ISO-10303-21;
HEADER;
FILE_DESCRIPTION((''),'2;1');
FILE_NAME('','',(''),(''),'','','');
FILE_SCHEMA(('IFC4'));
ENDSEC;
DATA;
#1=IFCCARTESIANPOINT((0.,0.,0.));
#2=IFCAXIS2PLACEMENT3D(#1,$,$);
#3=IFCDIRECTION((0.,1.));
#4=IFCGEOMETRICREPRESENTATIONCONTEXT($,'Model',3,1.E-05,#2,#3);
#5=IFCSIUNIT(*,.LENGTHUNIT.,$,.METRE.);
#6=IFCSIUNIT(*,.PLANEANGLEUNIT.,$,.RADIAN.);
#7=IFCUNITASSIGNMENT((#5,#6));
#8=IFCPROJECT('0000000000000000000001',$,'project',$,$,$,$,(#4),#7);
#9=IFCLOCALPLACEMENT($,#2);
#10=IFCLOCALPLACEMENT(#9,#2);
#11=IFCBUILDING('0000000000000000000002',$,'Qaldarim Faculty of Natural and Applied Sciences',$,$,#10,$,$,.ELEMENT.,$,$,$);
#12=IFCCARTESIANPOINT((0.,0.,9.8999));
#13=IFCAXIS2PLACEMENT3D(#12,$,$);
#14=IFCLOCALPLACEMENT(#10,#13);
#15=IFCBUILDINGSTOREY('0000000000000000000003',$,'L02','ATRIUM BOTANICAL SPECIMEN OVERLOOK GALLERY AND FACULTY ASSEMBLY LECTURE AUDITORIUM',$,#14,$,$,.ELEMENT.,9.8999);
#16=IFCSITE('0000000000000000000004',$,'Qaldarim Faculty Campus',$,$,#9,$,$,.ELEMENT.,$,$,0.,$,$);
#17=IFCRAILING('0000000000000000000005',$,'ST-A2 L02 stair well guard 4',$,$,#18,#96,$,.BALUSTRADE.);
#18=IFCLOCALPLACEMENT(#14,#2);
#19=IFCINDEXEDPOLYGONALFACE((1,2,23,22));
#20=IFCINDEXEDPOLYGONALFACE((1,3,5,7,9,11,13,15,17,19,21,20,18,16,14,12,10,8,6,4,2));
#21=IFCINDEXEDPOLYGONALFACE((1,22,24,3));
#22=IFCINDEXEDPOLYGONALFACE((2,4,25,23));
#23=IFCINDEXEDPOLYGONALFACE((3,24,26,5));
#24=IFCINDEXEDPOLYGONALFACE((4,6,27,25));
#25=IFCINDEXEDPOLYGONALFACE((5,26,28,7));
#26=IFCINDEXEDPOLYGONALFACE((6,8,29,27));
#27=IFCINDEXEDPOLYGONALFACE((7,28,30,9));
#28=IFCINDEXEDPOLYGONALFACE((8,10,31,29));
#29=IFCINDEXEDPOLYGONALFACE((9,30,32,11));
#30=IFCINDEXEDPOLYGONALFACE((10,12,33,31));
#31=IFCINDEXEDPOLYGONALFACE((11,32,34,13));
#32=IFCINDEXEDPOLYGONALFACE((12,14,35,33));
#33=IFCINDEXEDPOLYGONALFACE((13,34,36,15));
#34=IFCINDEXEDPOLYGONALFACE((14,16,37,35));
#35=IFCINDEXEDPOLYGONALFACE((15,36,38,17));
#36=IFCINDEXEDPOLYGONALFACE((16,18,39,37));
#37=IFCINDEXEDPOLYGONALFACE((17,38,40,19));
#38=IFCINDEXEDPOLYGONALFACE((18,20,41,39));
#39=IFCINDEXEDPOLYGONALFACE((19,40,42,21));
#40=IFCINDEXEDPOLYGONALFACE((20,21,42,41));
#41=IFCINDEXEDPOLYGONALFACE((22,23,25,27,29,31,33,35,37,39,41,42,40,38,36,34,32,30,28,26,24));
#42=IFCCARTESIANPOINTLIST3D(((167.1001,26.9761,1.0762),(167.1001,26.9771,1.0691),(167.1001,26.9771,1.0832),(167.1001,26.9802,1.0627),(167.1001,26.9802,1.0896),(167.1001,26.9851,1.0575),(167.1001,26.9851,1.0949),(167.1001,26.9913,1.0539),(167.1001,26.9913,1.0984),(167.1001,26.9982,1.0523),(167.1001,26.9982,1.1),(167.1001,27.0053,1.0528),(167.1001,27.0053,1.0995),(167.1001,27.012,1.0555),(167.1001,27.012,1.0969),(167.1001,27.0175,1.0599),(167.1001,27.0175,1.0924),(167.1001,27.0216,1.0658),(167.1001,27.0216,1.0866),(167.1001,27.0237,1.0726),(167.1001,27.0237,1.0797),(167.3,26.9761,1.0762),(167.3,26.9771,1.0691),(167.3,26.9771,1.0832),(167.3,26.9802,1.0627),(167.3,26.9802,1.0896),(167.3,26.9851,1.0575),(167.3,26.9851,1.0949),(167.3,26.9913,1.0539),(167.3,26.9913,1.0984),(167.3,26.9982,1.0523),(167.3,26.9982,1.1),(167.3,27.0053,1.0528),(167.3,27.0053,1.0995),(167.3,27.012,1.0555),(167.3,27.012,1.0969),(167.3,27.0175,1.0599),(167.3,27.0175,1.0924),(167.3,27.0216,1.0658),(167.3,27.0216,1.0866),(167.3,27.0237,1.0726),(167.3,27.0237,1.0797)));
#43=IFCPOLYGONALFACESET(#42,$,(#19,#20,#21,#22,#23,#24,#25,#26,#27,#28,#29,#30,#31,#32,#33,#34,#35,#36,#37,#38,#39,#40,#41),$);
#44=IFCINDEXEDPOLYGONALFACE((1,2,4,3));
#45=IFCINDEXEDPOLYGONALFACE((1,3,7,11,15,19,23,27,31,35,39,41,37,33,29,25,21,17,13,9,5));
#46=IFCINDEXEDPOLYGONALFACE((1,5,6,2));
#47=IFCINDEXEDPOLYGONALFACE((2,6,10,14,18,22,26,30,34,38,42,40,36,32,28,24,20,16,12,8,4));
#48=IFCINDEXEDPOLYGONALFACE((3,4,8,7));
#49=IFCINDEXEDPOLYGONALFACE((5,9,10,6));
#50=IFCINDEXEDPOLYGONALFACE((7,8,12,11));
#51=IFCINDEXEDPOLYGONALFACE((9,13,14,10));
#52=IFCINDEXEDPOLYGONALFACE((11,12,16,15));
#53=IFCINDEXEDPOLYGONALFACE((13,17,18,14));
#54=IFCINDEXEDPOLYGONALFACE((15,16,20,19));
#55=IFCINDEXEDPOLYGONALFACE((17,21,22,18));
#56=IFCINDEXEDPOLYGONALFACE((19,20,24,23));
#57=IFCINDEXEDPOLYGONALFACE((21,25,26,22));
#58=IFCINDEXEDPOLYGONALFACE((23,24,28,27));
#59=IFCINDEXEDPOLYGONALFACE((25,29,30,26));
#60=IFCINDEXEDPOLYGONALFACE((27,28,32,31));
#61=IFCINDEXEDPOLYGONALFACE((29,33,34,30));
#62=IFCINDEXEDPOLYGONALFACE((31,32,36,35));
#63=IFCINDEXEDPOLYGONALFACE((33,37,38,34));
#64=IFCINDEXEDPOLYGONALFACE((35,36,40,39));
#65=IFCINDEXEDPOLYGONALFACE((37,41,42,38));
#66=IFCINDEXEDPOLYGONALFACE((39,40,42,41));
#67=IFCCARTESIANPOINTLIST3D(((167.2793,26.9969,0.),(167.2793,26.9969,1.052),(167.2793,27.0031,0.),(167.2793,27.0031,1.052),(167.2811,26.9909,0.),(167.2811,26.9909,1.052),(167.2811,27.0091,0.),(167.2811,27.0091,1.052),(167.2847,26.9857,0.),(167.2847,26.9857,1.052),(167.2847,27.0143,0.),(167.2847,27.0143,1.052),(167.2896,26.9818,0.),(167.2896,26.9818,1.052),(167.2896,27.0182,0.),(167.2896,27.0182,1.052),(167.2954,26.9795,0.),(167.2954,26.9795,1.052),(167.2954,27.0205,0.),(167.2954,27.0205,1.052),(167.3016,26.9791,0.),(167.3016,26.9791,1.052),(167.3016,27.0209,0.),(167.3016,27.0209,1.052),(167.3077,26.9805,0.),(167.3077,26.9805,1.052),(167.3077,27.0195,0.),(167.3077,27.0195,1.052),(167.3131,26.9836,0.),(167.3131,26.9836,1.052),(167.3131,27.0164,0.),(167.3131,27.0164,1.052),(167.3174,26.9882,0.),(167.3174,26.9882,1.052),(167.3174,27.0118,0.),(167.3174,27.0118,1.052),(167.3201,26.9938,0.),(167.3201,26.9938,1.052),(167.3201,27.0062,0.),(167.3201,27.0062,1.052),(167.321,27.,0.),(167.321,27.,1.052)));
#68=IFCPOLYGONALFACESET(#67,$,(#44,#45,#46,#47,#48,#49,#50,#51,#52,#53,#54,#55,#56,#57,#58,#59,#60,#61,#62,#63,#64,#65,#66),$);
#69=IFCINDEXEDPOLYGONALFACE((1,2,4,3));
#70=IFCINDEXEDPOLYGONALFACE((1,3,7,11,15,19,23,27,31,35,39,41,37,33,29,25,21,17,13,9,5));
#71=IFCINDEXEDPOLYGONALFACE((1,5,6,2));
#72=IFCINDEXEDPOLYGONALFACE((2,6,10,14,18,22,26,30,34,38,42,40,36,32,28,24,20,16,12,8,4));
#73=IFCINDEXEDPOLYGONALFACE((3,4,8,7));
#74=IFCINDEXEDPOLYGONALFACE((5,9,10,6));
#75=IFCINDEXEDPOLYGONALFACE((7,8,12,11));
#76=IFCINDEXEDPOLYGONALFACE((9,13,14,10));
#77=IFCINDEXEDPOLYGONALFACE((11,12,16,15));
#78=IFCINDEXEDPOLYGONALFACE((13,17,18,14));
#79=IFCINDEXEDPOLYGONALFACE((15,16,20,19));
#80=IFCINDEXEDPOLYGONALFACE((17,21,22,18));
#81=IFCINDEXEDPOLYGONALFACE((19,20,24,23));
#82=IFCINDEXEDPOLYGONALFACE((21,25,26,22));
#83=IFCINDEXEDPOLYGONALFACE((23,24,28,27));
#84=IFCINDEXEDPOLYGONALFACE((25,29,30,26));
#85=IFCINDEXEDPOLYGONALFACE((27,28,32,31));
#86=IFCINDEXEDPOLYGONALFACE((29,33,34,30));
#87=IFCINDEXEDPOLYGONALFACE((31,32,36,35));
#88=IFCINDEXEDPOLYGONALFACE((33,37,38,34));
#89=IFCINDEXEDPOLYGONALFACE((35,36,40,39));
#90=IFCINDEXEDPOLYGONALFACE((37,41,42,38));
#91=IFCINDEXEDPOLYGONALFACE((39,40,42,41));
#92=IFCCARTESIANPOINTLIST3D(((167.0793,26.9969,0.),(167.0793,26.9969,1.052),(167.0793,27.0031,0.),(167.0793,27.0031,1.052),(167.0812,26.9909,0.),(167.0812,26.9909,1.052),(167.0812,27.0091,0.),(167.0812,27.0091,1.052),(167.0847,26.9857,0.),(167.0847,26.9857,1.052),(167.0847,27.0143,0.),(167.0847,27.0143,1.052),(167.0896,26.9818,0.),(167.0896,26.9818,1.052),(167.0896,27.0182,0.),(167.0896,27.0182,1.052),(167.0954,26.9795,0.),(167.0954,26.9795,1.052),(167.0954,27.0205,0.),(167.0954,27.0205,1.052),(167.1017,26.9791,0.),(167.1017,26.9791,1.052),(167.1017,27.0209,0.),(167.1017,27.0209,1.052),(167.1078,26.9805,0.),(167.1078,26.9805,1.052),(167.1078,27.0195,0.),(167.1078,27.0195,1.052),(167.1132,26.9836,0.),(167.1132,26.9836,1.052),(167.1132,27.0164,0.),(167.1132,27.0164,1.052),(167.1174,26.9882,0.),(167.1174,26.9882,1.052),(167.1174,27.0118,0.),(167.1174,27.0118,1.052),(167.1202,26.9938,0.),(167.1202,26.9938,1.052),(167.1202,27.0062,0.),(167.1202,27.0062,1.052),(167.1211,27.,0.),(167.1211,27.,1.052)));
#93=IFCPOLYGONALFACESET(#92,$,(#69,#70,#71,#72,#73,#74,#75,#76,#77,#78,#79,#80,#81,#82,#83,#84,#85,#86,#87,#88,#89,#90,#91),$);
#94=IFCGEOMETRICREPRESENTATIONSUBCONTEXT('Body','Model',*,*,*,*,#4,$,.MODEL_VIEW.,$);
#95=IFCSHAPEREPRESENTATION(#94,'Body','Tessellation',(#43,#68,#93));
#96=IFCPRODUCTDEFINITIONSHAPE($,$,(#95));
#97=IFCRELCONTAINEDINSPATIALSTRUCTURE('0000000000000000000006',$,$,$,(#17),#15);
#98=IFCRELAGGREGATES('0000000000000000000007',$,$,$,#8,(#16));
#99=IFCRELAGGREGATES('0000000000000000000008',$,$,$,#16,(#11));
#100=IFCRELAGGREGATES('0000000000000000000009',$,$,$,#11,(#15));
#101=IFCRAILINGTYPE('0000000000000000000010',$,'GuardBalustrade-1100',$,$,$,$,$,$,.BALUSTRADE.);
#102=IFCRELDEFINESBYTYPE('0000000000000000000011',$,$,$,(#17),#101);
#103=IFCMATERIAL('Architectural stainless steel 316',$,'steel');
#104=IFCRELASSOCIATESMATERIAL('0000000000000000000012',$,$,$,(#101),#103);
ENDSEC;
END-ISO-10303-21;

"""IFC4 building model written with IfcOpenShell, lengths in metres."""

from ifc_helpers import new_model, si_unit, direction, frame, origin, origin_2d, place, context, subcontext, project, spatial, circle, extrude, material, type_object, element, save


model = new_model("IFC4")

# Units and contexts
model_context = context("Model", 3, precision=1e-05, world=origin(), true_north=direction((0.0, 1.0)))
body_context = subcontext(model_context, "Body", "Model", "MODEL_VIEW")
ifc_project = project(units=[si_unit("LENGTHUNIT", "METRE"), si_unit("PLANEANGLEUNIT", "RADIAN")], contexts=[model_context])

# Site, building, storey
site_placement = place(None, origin())
site = spatial("IfcSite", under=ifc_project, at=site_placement, Name="Qaldarim Faculty Campus", CompositionType="ELEMENT", RefElevation=0.0)
building_placement = place(site_placement, origin())
building = spatial("IfcBuilding", under=site, at=building_placement, Name="Qaldarim Faculty of Natural and Applied Sciences", CompositionType="ELEMENT")
storey_placement = place(building_placement, frame((0.0, 0.0, 9.8999)))
storey = spatial("IfcBuildingStorey", under=building, at=storey_placement, Name="L02", Description="ATRIUM BOTANICAL SPECIMEN OVERLOOK GALLERY AND FACULTY ASSEMBLY LECTURE AUDITORIUM", CompositionType="ELEMENT", Elevation=9.8999)

# Railing
ifc_material_1 = material(Name="Architectural stainless steel 316", Category="steel")
railing_type_1 = type_object("IfcRailingType", Name="GuardBalustrade-1100", PredefinedType="BALUSTRADE", material=ifc_material_1)
railing_1_placement = place(storey_placement, frame((167.3, 27.0, 0.0)))
element("IfcRailing", 1, at=railing_1_placement, inside=storey, type_object=railing_type_1, Name="ST-A2 L02 stair well guard 4", PredefinedType="BALUSTRADE", context=body_context, shape_type="SweptSolid", body=[
    extrude(circle(Radius=0.0239, at=origin_2d()), frame((0.0, 0.0, 1.0762), z_axis=(-1.0, 0.0, 0.0), x_axis=(0.0, -1.0, 0.0)), (0.0, 0.0, 1.0), 0.2),
    extrude(circle(Radius=0.021, at=origin_2d()), origin(), (0.0, 0.0, 1.0), 1.052),
    extrude(circle(Radius=0.021, at=origin_2d()), frame((-0.2, 0.0, 0.0)), (0.0, 0.0, 1.0), 1.052),
])

save(model, "model.ifc")
